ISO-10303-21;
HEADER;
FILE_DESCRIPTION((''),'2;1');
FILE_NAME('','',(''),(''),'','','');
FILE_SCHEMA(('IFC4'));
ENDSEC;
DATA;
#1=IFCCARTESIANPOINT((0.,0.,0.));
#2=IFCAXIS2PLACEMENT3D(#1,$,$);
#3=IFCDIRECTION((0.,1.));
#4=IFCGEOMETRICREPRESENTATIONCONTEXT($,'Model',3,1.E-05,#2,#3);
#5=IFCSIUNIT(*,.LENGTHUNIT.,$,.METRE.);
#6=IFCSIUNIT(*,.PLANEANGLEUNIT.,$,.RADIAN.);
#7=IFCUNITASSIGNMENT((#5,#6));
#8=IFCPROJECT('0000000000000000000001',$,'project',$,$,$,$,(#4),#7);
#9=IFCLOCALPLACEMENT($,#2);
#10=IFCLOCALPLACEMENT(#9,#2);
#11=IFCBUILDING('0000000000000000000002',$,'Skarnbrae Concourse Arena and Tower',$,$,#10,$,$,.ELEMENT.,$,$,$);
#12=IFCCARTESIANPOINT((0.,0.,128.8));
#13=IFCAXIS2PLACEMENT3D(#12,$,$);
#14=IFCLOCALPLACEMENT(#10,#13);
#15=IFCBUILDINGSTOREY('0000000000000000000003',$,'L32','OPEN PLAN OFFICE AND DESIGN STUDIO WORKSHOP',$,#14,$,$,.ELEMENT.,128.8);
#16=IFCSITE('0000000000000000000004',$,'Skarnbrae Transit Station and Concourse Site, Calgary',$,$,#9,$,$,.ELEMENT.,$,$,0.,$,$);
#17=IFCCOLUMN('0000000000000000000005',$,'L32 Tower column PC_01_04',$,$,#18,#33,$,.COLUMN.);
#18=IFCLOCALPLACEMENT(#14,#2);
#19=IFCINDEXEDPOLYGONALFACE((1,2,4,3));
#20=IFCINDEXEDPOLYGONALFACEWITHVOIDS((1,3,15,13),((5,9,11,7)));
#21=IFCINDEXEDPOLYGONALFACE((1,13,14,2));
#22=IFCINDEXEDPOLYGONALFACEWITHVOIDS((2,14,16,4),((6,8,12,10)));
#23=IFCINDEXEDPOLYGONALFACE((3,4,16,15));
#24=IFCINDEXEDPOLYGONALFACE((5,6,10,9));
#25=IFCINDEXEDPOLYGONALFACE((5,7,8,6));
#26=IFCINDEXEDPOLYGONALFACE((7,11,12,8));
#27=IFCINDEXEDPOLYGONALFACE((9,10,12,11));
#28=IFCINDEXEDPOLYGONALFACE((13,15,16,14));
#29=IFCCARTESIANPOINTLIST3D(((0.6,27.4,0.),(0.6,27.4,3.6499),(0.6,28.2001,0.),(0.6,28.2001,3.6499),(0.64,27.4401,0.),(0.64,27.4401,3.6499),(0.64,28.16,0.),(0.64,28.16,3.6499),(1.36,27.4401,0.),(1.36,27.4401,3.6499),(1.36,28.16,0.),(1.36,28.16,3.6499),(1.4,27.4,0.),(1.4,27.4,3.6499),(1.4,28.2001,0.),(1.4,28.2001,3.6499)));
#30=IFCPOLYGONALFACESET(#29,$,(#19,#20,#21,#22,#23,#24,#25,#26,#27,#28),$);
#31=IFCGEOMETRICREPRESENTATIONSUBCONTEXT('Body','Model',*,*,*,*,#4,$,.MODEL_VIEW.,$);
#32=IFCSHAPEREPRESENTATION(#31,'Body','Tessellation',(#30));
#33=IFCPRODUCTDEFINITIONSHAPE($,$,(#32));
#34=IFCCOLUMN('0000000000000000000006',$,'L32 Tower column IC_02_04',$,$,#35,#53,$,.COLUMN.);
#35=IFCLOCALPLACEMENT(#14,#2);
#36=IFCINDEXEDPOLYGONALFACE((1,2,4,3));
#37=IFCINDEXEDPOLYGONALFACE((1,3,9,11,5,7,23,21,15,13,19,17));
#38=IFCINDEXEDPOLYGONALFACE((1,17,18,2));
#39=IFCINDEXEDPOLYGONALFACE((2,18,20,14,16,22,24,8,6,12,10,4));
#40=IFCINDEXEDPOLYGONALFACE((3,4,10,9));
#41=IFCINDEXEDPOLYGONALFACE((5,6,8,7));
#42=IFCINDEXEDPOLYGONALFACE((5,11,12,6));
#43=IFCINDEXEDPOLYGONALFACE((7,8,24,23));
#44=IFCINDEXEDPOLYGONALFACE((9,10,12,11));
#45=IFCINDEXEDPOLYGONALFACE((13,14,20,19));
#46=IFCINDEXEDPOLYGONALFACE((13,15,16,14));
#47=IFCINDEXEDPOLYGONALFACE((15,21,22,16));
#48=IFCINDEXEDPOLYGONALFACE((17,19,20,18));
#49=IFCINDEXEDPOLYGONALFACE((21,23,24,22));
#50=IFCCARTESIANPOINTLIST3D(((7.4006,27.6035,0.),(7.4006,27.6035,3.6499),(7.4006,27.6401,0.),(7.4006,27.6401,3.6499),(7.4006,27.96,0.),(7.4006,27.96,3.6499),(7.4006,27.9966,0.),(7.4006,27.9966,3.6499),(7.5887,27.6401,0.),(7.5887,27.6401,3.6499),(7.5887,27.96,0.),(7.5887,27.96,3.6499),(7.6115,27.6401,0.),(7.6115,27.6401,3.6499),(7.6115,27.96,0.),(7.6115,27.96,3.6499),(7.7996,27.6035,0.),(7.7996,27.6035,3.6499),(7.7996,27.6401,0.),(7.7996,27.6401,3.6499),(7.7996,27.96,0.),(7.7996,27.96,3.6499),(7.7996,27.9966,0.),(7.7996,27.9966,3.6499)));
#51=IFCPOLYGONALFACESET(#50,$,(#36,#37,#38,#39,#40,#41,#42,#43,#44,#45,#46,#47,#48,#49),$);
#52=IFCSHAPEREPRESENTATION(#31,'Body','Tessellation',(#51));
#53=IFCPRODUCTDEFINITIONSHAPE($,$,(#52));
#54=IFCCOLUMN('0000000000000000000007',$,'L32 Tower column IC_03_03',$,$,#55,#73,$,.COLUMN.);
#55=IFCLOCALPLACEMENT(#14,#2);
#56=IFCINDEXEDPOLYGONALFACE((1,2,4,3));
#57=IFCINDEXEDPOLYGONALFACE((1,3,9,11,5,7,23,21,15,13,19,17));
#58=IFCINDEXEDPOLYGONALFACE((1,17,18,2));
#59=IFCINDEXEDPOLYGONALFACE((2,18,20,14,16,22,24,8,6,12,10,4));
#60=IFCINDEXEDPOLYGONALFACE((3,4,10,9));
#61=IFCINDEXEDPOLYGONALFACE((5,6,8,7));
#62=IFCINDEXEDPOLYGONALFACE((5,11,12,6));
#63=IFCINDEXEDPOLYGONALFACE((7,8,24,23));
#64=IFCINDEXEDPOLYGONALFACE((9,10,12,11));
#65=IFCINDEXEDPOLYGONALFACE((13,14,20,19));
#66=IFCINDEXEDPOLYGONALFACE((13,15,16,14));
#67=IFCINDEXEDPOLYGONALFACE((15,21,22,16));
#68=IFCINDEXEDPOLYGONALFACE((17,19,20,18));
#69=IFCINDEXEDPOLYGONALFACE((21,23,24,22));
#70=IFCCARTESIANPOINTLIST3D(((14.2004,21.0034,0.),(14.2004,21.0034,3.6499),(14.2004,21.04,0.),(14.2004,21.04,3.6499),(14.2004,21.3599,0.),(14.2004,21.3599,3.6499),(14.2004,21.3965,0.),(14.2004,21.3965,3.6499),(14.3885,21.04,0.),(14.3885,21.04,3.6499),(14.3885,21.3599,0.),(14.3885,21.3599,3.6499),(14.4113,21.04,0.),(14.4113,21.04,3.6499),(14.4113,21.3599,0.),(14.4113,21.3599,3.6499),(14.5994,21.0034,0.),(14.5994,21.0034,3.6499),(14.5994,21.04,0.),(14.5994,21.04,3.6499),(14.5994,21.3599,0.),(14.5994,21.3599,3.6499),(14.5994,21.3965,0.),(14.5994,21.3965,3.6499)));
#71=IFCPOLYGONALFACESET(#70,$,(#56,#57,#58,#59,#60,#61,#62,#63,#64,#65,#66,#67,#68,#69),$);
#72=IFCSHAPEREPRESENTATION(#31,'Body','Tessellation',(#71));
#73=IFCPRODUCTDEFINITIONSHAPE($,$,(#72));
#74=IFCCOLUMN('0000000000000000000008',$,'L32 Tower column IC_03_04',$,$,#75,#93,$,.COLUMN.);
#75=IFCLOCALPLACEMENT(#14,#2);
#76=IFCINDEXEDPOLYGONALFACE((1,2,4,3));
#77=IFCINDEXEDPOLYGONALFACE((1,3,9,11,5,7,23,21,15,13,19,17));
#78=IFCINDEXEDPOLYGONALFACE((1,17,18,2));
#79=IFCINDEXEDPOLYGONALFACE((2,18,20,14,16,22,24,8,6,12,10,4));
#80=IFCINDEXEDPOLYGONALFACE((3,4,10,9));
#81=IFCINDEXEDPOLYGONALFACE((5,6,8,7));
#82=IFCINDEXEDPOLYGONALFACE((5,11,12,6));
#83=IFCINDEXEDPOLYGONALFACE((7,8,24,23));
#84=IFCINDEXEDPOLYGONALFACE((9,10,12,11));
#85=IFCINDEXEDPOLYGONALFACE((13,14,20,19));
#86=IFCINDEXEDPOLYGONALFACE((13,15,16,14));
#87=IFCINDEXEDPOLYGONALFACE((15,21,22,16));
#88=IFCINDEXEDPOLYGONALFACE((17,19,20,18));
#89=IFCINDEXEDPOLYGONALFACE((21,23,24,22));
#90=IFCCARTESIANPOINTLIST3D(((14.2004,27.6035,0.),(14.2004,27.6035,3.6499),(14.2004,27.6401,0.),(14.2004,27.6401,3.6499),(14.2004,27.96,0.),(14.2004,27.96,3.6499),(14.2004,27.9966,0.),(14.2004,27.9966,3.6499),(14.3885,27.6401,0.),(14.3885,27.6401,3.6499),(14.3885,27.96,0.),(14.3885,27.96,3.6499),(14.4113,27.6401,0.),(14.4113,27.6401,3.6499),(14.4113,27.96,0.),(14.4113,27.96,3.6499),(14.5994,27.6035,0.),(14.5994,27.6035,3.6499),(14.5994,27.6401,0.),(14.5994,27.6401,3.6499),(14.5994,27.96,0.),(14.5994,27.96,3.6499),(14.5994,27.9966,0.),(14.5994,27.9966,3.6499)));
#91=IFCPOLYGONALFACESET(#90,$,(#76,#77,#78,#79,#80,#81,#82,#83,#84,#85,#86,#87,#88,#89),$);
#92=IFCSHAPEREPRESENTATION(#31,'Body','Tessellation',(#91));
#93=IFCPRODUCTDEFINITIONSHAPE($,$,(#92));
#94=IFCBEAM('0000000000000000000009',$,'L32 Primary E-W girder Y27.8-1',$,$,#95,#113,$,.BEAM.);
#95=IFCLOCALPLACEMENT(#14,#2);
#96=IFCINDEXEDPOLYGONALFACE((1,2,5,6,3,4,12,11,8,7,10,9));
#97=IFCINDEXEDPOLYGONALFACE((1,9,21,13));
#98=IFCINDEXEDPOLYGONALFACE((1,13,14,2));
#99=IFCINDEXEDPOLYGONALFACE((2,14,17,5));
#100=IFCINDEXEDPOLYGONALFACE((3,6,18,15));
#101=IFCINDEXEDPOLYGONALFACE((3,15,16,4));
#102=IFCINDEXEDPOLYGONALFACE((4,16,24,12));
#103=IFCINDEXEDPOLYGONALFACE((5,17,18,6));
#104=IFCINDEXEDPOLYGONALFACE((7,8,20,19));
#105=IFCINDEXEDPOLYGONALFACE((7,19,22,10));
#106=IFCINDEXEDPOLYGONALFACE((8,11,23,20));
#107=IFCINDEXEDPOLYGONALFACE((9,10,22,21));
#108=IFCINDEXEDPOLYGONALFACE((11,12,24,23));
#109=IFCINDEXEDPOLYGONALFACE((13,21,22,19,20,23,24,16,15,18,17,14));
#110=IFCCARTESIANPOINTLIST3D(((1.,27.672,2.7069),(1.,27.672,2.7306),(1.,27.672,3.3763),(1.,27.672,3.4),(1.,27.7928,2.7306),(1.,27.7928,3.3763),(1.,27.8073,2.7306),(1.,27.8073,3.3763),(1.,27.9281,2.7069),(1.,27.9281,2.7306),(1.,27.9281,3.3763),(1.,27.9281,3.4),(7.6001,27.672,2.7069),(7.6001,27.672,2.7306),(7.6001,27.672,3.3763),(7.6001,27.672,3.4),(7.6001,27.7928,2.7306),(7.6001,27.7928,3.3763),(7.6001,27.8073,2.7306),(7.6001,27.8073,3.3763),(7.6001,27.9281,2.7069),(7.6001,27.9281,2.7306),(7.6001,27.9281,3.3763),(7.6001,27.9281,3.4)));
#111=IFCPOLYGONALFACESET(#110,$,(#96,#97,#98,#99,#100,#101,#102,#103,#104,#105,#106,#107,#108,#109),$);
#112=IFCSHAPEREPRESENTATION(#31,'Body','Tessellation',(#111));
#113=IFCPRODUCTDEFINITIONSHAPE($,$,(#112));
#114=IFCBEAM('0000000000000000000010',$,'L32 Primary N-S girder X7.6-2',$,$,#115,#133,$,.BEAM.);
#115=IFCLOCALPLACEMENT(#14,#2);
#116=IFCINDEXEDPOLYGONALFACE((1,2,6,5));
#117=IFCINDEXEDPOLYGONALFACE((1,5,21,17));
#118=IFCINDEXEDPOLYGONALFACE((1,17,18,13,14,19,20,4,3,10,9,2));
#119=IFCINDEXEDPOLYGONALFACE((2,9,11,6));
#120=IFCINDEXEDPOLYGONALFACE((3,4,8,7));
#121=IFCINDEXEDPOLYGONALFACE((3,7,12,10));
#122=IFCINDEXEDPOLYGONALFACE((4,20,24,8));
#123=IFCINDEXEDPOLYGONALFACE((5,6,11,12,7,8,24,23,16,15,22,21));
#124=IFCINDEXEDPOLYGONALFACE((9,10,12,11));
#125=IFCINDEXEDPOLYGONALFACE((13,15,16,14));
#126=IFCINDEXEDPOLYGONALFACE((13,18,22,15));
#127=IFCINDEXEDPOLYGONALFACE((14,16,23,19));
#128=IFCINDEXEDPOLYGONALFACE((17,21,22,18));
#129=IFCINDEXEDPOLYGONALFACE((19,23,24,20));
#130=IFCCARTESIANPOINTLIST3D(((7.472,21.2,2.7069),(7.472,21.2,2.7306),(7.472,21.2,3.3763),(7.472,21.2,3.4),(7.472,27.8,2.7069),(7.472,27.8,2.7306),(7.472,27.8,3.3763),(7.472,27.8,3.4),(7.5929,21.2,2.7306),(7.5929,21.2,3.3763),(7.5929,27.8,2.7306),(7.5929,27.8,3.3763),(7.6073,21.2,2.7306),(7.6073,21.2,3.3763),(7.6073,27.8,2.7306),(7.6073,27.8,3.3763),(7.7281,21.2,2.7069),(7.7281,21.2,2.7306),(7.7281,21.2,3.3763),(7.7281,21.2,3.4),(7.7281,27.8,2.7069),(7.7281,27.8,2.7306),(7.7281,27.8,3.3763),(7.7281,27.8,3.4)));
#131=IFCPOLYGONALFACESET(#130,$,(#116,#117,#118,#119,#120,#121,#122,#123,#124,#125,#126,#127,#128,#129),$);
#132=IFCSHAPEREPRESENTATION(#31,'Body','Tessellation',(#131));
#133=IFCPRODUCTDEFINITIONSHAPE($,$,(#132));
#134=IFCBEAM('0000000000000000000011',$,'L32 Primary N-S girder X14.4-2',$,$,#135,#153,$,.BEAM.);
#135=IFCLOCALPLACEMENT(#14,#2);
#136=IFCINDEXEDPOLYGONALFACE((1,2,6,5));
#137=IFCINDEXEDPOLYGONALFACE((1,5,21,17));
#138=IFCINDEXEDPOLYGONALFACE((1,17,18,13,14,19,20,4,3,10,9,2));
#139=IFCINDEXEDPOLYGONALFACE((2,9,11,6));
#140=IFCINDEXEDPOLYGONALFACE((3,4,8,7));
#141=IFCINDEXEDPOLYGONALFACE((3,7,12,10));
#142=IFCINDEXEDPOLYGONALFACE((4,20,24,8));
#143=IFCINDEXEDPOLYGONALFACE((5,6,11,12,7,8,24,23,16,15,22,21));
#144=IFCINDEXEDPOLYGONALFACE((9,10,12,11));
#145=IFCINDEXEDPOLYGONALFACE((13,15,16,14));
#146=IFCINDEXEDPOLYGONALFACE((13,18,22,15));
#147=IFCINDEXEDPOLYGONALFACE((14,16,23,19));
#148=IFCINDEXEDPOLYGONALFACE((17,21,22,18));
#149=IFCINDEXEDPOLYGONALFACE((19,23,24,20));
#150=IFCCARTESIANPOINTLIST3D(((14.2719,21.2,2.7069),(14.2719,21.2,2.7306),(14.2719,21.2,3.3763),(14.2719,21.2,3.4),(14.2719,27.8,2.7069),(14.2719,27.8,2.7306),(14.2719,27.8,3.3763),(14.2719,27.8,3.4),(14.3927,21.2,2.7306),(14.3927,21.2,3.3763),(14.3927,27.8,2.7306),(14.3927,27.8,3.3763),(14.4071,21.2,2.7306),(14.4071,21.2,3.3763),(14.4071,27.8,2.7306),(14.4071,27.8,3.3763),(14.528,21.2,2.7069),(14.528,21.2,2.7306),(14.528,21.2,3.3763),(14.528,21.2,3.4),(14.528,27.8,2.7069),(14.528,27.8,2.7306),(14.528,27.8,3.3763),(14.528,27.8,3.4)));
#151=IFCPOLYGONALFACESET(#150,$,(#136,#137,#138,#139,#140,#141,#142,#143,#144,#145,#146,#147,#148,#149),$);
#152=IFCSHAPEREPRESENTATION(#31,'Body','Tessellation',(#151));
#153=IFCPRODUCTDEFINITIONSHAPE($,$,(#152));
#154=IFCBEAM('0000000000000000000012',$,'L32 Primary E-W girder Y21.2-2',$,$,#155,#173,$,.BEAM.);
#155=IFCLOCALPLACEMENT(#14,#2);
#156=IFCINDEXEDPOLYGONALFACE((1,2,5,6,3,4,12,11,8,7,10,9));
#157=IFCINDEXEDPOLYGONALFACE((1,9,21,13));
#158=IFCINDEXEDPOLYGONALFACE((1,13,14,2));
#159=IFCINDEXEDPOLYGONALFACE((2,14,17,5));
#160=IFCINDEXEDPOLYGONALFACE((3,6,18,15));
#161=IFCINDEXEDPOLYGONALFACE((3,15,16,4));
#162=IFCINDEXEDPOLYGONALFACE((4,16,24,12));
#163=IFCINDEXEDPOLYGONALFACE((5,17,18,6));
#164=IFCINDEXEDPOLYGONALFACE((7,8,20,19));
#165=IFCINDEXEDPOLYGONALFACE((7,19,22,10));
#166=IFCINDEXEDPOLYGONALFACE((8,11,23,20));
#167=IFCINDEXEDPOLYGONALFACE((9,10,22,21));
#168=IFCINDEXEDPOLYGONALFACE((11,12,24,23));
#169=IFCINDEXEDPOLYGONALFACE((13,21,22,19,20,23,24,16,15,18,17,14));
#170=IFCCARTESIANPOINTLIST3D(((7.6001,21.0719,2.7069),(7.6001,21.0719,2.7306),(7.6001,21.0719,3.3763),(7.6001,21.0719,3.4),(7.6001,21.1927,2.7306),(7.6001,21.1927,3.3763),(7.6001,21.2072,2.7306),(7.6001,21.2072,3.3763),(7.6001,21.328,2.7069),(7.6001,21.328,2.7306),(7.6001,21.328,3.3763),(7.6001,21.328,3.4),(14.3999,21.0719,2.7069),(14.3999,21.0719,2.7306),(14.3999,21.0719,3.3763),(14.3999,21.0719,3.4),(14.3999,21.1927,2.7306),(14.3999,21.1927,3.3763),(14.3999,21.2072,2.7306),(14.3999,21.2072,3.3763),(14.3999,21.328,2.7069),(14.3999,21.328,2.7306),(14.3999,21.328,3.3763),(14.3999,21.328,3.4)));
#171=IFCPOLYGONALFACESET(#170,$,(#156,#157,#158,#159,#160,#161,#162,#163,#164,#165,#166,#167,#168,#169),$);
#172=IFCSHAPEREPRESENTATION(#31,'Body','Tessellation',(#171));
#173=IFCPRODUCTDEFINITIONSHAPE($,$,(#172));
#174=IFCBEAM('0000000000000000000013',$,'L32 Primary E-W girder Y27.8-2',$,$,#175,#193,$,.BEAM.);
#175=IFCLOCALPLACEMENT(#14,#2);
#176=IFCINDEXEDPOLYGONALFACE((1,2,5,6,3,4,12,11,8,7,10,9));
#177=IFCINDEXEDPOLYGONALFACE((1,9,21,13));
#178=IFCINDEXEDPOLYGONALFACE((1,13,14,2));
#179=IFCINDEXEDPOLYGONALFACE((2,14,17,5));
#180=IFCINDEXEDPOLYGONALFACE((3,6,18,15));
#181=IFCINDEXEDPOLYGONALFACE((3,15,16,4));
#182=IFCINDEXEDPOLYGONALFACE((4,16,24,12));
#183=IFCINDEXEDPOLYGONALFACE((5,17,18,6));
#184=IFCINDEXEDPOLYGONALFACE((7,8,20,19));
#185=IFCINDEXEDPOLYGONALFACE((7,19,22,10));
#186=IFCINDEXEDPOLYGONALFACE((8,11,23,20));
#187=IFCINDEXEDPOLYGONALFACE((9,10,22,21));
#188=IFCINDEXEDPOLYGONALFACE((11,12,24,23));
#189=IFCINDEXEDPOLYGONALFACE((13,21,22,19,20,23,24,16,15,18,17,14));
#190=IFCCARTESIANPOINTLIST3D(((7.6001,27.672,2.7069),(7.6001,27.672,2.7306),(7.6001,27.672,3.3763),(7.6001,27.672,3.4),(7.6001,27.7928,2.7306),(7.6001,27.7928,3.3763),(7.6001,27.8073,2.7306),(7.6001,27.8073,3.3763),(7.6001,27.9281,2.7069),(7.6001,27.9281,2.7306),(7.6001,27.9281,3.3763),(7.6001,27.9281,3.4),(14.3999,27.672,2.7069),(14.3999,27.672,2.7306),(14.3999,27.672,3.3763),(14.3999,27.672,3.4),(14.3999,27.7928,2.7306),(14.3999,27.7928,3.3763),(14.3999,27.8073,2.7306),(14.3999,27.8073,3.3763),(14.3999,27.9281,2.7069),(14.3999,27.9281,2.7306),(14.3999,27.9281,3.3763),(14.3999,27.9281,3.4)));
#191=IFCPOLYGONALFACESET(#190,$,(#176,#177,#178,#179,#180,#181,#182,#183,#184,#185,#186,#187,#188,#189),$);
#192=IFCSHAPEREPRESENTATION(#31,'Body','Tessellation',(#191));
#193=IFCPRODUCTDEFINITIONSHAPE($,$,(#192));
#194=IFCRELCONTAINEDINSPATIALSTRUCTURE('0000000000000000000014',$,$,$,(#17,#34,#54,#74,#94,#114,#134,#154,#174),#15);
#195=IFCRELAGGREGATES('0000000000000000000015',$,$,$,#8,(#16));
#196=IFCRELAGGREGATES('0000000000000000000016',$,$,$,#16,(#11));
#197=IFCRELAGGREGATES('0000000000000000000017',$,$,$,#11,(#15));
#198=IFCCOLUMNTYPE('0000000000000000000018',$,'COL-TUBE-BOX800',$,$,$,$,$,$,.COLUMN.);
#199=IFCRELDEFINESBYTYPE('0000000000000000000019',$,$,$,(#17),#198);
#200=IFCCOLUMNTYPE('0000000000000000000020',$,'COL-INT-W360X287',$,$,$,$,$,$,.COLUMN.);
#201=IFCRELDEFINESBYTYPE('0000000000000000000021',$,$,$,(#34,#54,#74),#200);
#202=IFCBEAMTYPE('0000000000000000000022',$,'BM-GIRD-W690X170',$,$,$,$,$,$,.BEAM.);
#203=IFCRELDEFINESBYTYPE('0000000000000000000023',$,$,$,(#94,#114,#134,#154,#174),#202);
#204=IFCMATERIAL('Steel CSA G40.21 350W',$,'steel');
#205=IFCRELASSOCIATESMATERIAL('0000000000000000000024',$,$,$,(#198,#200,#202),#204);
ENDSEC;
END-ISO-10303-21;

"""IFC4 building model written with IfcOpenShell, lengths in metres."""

from ifc_helpers import new_model, si_unit, direction, frame, origin, origin_2d, place, context, subcontext, project, spatial, hollow_rectangle, i_section, extrude, source, transform, mapped, material, material_profile, profile_set, type_object, element, save


model = new_model("IFC4")

# Units and contexts
model_context = context("Model", 3, precision=1e-05, world=origin(), true_north=direction((0.0, 1.0)))
body_context = subcontext(model_context, "Body", "Model", "MODEL_VIEW")
ifc_project = project(units=[si_unit("LENGTHUNIT", "METRE"), si_unit("PLANEANGLEUNIT", "RADIAN")], contexts=[model_context])

# Site, building, storey
site_placement = place(None, origin())
site = spatial("IfcSite", under=ifc_project, at=site_placement, Name="Skarnbrae Transit Station and Concourse Site, Calgary", CompositionType="ELEMENT", RefElevation=0.0)
building_placement = place(site_placement, origin())
building = spatial("IfcBuilding", under=site, at=building_placement, Name="Skarnbrae Concourse Arena and Tower", CompositionType="ELEMENT")
storey_placement = place(building_placement, frame((0.0, 0.0, 128.8)))
storey = spatial("IfcBuildingStorey", under=building, at=storey_placement, Name="L32", Description="OPEN PLAN OFFICE AND DESIGN STUDIO WORKSHOP", CompositionType="ELEMENT", Elevation=128.8)

# Columns
ifc_material_1 = material(Name="Steel CSA G40.21 350W", Category="steel")
ifc_material_profile_1 = material_profile(ifc_material_1, hollow_rectangle(XDim=0.8, YDim=0.8, WallThickness=0.04, at=origin_2d()), Name="BOX800X800X40")
ifc_profile_set_1 = profile_set([ifc_material_profile_1], Name="Steel CSA G40.21 350W")
column_type_1 = type_object("IfcColumnType", Name="COL-TUBE-BOX800", PredefinedType="COLUMN", material=ifc_profile_set_1)
shared_shape_1 = source(origin(), body_context, "Body", "SweptSolid", [
    extrude(hollow_rectangle(XDim=0.8, YDim=0.8, WallThickness=0.04, at=origin_2d()), origin(), (0.0, 0.0, 1.0), 3.6499),
])
column_placement = place(storey_placement, frame((1.0, 27.8, 0.0), z_axis=(0.0, 0.0, 1.0), x_axis=(1.0, 0.0, 0.0)))
element("IfcColumn", 1, at=column_placement, inside=storey, type_object=column_type_1, Name="L32 Tower column PC_01_04", PredefinedType="COLUMN", context=body_context, shape_type="MappedRepresentation", body=[
    mapped(shared_shape_1, transform((0.0, 0.0, 0.0))),
])
ifc_material_profile_2 = material_profile(ifc_material_1, i_section(OverallWidth=0.3989, OverallDepth=0.3931, WebThickness=0.0227, FlangeThickness=0.0366, at=origin_2d()), Name="W360X287")
ifc_profile_set_2 = profile_set([ifc_material_profile_2], Name="Steel CSA G40.21 350W")
column_type_2 = type_object("IfcColumnType", Name="COL-INT-W360X287", PredefinedType="COLUMN", material=ifc_profile_set_2)
shared_shape_2 = source(origin(), body_context, "Body", "SweptSolid", [
    extrude(i_section(OverallWidth=0.3989, OverallDepth=0.3931, WebThickness=0.0227, FlangeThickness=0.0366, at=origin_2d()), origin(), (0.0, 0.0, 1.0), 3.6499),
])
for number, where, z_axis, x_axis, name in (
    (2, (7.6001, 27.8, 0.0), (0.0, 0.0, 1.0), (1.0, 0.0, 0.0), "L32 Tower column IC_02_04"),
    (3, (14.3999, 21.2, 0.0), (0.0, 0.0, 1.0), (1.0, 0.0, 0.0), "L32 Tower column IC_03_03"),
    (4, (14.3999, 27.8, 0.0), (0.0, 0.0, 1.0), (1.0, 0.0, 0.0), "L32 Tower column IC_03_04"),
):
    element("IfcColumn", number, at=place(storey_placement, frame(where, z_axis=z_axis, x_axis=x_axis)), inside=storey, type_object=column_type_2, Name=name, PredefinedType="COLUMN", context=body_context, shape_type="MappedRepresentation", body=[
        mapped(shared_shape_2, transform((0.0, 0.0, 0.0))),
    ])

# Beams
ifc_material_profile_3 = material_profile(ifc_material_1, i_section(OverallWidth=0.2561, OverallDepth=0.6931, WebThickness=0.0144, FlangeThickness=0.0237, at=origin_2d()), Name="W690X170")
ifc_profile_set_3 = profile_set([ifc_material_profile_3], Name="Steel CSA G40.21 350W")
beam_type_1 = type_object("IfcBeamType", Name="BM-GIRD-W690X170", PredefinedType="BEAM", material=ifc_profile_set_3)
shared_shape_3 = source(origin(), body_context, "Body", "SweptSolid", [
    extrude(i_section(OverallWidth=0.2561, OverallDepth=0.6931, WebThickness=0.0144, FlangeThickness=0.0237, at=origin_2d()), origin(), (0.0, 0.0, 1.0), 6.6001),
])
for number, where, z_axis, x_axis, name in (
    (5, (1.0, 27.8, 3.0535), (1.0, 0.0, 0.0), (0.0, 1.0, 0.0), "L32 Primary E-W girder Y27.8-1"),
    (6, (7.6001, 21.2, 3.0535), (0.0, 1.0, 0.0), (-1.0, 0.0, 0.0), "L32 Primary N-S girder X7.6-2"),
    (7, (14.3999, 21.2, 3.0535), (0.0, 1.0, 0.0), (-1.0, 0.0, 0.0), "L32 Primary N-S girder X14.4-2"),
):
    element("IfcBeam", number, at=place(storey_placement, frame(where, z_axis=z_axis, x_axis=x_axis)), inside=storey, type_object=beam_type_1, Name=name, PredefinedType="BEAM", context=body_context, shape_type="MappedRepresentation", body=[
        mapped(shared_shape_3, transform((0.0, 0.0, 0.0))),
    ])
shared_shape_4 = source(origin(), body_context, "Body", "SweptSolid", [
    extrude(i_section(OverallWidth=0.2561, OverallDepth=0.6931, WebThickness=0.0144, FlangeThickness=0.0237, at=origin_2d()), origin(), (0.0, 0.0, 1.0), 6.7998),
])
for number, where, z_axis, x_axis, name in (
    (8, (7.6001, 21.2, 3.0535), (1.0, 0.0, 0.0), (0.0, 1.0, 0.0), "L32 Primary E-W girder Y21.2-2"),
    (9, (7.6001, 27.8, 3.0535), (1.0, 0.0, 0.0), (0.0, 1.0, 0.0), "L32 Primary E-W girder Y27.8-2"),
):
    element("IfcBeam", number, at=place(storey_placement, frame(where, z_axis=z_axis, x_axis=x_axis)), inside=storey, type_object=beam_type_1, Name=name, PredefinedType="BEAM", context=body_context, shape_type="MappedRepresentation", body=[
        mapped(shared_shape_4, transform((0.0, 0.0, 0.0))),
    ])

save(model, "model.ifc")
